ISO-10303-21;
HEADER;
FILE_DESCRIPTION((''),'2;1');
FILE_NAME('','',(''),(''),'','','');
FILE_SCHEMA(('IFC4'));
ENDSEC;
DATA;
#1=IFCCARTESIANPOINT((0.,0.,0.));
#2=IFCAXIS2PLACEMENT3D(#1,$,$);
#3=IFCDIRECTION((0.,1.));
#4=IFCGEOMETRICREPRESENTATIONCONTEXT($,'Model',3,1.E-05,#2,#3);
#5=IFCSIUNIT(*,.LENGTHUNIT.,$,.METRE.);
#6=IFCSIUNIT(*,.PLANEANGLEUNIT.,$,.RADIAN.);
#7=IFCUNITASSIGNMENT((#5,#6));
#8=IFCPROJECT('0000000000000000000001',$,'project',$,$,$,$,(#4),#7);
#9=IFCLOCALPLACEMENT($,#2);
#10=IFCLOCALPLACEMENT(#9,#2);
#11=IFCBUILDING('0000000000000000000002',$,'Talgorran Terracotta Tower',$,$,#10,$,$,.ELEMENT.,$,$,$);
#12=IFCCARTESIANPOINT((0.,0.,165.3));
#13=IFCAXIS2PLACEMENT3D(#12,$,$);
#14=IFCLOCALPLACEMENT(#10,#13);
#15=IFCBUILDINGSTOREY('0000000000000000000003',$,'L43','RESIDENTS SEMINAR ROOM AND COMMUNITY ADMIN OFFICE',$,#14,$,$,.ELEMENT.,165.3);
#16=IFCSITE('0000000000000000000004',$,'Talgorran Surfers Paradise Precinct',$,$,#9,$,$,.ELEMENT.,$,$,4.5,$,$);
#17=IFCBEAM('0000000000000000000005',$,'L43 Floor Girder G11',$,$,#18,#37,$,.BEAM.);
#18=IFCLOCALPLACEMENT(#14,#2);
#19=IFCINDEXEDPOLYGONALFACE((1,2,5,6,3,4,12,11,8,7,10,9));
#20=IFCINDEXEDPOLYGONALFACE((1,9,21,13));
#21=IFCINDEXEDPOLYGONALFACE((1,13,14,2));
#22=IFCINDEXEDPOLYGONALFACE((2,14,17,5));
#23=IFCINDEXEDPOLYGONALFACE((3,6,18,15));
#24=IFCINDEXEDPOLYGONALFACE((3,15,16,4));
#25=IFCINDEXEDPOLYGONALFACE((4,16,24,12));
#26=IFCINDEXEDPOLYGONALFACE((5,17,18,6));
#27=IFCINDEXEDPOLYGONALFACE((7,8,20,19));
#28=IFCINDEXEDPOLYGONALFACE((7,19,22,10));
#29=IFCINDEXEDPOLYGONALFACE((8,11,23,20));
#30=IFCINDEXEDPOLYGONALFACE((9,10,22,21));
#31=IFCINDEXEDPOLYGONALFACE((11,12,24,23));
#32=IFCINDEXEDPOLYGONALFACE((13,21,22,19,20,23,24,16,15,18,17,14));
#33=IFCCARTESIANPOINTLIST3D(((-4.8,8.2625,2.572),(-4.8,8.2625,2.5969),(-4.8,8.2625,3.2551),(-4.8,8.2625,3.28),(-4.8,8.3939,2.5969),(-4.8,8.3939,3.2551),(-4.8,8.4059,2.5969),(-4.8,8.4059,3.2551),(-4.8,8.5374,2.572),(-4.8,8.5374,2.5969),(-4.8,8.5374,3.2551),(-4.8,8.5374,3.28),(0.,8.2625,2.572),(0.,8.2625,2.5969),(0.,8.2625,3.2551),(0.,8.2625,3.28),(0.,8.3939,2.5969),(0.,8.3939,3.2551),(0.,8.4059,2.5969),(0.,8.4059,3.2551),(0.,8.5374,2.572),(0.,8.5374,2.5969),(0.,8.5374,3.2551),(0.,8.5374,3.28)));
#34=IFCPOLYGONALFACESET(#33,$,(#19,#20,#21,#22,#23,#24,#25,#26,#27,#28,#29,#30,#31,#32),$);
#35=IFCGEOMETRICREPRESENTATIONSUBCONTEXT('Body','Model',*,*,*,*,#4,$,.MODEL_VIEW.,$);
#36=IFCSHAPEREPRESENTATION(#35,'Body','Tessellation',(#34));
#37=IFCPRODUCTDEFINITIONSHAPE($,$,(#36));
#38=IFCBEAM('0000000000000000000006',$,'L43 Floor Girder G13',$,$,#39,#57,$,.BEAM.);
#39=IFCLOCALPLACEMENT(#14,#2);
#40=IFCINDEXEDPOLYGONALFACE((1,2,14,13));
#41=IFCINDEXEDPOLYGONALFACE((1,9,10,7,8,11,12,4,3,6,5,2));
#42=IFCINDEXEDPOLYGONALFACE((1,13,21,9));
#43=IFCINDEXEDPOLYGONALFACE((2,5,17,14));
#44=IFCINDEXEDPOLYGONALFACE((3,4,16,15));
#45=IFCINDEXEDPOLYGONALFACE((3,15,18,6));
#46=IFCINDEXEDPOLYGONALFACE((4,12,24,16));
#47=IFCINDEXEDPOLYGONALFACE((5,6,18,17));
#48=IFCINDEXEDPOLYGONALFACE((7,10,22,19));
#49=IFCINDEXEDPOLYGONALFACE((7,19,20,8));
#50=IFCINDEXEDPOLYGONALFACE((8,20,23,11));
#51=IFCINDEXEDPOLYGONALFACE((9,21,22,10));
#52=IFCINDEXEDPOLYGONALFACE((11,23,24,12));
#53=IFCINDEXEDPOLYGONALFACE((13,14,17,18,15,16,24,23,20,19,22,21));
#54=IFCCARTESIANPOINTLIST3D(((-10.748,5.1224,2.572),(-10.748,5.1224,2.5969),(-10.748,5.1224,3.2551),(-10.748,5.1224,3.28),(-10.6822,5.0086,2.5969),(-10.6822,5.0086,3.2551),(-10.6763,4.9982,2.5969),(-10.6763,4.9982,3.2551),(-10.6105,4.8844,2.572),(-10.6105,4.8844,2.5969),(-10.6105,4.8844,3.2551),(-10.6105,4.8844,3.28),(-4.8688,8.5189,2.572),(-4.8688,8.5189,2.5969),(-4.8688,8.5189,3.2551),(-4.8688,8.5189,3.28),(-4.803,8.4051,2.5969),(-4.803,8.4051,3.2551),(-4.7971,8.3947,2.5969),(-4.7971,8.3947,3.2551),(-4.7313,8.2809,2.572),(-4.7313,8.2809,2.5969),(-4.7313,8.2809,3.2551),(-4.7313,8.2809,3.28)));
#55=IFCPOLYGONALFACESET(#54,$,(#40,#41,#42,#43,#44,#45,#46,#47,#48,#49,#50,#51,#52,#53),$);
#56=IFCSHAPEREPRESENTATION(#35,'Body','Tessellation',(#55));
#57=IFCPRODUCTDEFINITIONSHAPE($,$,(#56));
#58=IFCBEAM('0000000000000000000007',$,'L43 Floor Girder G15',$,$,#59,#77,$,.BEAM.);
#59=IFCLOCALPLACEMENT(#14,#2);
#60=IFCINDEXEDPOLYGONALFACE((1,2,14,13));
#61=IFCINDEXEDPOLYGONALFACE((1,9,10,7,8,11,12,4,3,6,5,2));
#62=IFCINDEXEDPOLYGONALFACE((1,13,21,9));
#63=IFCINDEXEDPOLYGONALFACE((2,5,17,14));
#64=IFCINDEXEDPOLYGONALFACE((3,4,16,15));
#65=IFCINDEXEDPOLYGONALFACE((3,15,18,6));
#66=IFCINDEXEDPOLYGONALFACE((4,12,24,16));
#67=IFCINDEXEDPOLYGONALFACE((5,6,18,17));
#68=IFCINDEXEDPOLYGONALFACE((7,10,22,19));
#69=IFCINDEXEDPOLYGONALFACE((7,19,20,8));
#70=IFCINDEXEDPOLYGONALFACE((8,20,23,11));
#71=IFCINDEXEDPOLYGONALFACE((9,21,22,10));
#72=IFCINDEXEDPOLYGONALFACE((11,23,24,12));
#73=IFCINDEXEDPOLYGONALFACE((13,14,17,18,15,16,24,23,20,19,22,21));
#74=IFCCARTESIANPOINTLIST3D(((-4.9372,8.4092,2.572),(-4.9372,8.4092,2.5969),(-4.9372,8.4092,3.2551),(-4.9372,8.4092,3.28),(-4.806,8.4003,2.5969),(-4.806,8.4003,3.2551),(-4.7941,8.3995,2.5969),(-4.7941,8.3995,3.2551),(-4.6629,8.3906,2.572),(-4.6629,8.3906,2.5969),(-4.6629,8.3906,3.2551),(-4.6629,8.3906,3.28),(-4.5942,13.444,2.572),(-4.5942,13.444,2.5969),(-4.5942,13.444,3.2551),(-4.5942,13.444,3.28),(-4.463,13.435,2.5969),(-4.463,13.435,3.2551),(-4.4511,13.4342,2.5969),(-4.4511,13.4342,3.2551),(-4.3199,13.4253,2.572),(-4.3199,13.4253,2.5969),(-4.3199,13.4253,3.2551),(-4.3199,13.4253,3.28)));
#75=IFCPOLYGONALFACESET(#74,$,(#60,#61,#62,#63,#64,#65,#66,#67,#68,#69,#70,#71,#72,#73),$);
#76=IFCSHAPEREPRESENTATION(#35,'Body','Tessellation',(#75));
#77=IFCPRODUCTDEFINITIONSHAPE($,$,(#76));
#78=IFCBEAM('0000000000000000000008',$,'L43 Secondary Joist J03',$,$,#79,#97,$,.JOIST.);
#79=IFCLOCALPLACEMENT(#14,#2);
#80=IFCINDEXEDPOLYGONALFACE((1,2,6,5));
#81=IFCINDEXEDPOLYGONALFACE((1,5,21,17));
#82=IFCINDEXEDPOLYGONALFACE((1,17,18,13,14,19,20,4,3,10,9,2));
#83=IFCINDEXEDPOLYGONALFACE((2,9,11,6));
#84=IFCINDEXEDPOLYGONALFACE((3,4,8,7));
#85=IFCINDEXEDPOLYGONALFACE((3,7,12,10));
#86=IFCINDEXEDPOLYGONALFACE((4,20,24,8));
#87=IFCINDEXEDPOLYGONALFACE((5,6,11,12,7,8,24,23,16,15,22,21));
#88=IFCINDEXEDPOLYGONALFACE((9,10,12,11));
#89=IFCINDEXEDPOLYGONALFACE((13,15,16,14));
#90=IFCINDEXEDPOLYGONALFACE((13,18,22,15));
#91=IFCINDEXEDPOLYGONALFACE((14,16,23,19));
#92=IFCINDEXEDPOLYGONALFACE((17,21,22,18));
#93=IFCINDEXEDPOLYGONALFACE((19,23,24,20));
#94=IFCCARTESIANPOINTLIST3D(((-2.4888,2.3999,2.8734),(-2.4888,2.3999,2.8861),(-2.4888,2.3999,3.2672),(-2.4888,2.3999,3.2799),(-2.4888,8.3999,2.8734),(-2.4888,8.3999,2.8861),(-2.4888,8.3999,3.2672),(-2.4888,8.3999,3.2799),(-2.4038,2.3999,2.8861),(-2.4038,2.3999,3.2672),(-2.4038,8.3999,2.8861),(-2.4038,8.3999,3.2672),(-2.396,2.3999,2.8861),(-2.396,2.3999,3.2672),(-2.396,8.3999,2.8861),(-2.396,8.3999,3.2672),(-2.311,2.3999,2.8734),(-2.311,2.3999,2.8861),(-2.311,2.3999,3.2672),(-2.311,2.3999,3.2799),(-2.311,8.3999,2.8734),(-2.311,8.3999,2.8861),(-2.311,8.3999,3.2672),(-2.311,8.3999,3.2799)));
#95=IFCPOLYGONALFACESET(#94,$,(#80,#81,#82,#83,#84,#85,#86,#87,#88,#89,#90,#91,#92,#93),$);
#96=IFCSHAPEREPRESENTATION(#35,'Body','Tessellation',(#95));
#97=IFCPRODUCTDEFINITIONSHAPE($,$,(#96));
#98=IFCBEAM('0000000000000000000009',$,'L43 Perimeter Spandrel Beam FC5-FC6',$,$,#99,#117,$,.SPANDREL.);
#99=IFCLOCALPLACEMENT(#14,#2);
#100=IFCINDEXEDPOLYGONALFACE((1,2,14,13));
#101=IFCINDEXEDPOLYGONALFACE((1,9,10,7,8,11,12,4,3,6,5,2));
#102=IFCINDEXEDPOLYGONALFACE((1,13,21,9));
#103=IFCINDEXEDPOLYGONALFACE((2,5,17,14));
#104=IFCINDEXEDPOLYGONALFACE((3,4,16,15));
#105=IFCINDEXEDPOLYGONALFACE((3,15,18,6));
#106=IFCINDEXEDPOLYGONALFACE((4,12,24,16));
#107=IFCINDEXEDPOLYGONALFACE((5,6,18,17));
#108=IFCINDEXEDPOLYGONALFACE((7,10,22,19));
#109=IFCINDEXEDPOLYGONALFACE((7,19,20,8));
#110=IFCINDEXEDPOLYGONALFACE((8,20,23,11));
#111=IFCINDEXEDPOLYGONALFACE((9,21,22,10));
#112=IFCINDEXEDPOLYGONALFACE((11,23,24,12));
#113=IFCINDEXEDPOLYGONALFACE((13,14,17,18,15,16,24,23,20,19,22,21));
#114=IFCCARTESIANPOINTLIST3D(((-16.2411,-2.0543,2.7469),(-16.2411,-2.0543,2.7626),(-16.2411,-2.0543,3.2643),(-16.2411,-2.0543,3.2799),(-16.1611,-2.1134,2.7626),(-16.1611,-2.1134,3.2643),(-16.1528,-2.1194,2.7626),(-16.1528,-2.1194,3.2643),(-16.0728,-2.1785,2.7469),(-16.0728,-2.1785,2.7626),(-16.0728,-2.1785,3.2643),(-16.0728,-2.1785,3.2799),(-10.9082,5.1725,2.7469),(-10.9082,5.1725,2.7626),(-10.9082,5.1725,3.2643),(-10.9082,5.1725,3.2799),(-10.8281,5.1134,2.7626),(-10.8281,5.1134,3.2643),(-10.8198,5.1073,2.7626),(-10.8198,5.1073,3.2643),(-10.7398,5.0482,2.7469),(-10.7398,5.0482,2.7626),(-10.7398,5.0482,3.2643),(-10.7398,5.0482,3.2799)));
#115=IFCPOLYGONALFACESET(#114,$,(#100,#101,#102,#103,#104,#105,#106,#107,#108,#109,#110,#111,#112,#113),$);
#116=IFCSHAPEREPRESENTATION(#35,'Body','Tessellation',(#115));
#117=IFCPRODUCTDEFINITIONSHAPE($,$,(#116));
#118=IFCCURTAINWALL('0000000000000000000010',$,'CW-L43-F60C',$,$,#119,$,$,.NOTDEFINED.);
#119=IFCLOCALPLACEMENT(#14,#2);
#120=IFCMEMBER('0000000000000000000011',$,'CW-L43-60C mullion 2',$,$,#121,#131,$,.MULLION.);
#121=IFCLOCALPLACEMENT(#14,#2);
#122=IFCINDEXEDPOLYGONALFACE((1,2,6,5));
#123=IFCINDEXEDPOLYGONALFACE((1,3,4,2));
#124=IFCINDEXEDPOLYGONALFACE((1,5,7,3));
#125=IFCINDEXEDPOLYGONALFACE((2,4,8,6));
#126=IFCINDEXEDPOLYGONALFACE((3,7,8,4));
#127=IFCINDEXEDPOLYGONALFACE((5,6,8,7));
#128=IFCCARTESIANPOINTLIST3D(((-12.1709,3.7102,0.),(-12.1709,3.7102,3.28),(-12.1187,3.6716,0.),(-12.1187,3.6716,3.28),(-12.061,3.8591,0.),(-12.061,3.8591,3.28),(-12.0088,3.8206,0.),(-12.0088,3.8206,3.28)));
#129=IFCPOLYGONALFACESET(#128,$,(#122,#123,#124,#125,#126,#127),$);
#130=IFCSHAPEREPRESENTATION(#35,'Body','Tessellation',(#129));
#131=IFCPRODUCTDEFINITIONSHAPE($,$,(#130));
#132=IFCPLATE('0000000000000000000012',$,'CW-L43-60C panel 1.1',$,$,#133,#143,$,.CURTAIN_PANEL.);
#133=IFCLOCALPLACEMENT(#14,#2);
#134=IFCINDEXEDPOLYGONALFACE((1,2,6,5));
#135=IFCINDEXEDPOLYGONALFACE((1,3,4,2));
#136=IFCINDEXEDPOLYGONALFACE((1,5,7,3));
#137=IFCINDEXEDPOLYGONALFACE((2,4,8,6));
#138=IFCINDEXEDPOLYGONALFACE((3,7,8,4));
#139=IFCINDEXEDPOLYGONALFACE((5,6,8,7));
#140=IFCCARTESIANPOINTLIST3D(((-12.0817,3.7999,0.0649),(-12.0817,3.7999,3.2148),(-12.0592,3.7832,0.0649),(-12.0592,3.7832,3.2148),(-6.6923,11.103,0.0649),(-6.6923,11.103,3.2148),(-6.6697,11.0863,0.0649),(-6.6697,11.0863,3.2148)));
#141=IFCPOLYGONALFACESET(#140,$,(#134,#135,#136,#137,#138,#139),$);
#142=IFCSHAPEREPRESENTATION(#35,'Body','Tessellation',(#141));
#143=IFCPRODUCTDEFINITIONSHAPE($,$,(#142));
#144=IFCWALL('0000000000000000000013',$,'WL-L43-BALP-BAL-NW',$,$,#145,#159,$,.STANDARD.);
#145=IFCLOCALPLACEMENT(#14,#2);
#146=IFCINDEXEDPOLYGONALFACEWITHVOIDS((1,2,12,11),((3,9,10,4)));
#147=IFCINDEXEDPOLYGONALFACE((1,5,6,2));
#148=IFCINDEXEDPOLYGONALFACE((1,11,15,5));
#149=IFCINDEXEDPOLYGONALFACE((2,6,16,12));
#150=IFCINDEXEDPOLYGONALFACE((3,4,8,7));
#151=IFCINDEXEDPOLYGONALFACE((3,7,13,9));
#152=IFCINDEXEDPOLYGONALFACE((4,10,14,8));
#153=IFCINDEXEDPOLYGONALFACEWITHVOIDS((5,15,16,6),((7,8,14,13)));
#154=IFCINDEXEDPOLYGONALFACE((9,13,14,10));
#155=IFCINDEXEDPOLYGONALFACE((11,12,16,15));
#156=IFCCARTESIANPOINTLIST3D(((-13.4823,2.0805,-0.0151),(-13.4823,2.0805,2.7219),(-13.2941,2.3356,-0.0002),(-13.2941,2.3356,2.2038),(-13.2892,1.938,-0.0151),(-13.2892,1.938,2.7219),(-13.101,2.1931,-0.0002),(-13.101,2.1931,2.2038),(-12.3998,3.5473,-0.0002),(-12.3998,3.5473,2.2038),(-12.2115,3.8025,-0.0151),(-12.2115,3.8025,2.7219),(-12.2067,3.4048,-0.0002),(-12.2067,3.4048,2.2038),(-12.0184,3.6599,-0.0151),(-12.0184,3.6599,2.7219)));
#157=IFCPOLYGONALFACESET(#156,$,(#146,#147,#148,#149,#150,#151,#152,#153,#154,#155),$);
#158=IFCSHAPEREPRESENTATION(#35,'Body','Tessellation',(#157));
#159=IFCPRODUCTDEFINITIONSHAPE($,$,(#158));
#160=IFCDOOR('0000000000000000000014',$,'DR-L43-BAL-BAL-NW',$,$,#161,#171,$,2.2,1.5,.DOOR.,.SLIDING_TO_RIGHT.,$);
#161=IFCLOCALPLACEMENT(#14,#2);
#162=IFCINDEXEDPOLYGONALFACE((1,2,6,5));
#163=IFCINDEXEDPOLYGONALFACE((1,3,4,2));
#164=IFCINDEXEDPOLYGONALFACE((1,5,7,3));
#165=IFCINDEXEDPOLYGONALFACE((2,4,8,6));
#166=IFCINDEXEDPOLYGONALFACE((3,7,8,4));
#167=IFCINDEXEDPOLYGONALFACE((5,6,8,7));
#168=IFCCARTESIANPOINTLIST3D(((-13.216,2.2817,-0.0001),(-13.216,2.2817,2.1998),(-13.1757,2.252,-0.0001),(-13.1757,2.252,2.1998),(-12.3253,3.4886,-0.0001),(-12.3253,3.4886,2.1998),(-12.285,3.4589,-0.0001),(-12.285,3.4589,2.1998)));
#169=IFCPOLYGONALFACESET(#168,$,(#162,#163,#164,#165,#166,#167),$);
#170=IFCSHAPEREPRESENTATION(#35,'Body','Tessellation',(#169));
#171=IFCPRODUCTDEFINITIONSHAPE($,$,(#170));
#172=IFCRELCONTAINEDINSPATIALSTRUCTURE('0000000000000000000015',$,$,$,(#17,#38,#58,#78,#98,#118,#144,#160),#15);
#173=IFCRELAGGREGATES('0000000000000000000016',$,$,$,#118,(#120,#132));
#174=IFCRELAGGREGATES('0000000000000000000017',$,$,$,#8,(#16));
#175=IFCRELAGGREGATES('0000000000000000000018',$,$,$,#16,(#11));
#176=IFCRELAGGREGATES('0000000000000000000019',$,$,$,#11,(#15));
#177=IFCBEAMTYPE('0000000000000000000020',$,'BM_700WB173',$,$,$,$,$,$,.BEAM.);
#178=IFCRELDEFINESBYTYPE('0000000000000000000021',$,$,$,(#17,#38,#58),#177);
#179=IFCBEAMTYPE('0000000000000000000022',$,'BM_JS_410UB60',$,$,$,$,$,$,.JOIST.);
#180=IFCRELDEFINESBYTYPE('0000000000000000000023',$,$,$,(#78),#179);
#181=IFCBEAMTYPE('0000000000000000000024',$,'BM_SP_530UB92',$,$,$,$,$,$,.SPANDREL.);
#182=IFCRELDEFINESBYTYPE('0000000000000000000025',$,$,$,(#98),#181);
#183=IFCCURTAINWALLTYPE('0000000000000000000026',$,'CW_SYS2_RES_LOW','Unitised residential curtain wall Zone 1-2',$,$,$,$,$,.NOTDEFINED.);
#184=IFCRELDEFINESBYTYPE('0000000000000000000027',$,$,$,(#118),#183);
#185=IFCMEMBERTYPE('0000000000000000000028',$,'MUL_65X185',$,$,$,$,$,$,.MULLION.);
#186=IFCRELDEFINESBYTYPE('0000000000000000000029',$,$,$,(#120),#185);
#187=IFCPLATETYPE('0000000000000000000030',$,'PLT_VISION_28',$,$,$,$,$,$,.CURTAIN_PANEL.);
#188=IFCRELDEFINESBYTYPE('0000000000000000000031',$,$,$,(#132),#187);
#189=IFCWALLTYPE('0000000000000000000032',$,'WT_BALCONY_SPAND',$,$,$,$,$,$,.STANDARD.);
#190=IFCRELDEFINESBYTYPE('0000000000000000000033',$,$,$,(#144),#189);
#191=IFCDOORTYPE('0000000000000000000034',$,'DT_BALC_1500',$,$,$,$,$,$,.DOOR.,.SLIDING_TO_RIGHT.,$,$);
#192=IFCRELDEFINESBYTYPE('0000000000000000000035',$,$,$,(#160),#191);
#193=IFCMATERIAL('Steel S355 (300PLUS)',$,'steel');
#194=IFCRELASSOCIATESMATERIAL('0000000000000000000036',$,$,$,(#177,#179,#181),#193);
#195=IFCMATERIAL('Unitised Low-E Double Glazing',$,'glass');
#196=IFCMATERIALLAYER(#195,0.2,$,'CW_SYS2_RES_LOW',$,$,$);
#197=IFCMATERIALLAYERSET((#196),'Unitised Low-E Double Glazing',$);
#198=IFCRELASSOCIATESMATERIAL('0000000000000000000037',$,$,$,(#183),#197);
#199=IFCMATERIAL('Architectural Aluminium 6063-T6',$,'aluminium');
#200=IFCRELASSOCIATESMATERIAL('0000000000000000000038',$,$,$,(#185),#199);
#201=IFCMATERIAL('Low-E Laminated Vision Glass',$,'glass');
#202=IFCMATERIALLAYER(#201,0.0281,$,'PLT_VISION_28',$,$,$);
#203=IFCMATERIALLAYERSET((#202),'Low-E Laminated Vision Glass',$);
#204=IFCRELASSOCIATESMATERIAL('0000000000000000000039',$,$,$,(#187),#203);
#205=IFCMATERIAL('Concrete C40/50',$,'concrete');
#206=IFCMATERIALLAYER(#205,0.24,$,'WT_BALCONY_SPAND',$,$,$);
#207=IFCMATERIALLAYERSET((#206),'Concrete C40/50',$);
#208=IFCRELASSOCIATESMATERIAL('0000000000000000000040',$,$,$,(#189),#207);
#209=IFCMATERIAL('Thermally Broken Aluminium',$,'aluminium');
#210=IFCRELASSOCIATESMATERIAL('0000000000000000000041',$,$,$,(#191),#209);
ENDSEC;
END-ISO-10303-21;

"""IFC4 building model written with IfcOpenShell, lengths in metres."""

from ifc_helpers import new_model, si_unit, direction, frame, frame_2d, origin, origin_2d, place, context, subcontext, project, spatial, rectangle, i_section, extrude, source, transform, mapped, material, layer, layer_set, material_profile, profile_set, type_object, type_shapes, element, fill, aggregate, save


model = new_model("IFC4")

# Units and contexts
model_context = context("Model", 3, precision=1e-05, world=origin(), true_north=direction((0.0, 1.0)))
body_context = subcontext(model_context, "Body", "Model", "MODEL_VIEW")
ifc_project = project(units=[si_unit("LENGTHUNIT", "METRE"), si_unit("PLANEANGLEUNIT", "RADIAN")], contexts=[model_context])

# Site, building, storey
site_placement = place(None, origin())
site = spatial("IfcSite", under=ifc_project, at=site_placement, Name="Talgorran Surfers Paradise Precinct", CompositionType="ELEMENT", RefElevation=4.5)
building_placement = place(site_placement, origin())
building = spatial("IfcBuilding", under=site, at=building_placement, Name="Talgorran Terracotta Tower", CompositionType="ELEMENT")
storey_placement = place(building_placement, frame((0.0, 0.0, 165.3)))
storey = spatial("IfcBuildingStorey", under=building, at=storey_placement, Name="L43", Description="RESIDENTS SEMINAR ROOM AND COMMUNITY ADMIN OFFICE", CompositionType="ELEMENT", Elevation=165.3)

# Shared definitions
ifc_material_1 = material(Name="Steel S355 (300PLUS)", Category="steel")

# Beams
ifc_material_profile_1 = material_profile(ifc_material_1, i_section(OverallWidth=0.2749, OverallDepth=0.708, WebThickness=0.012, FlangeThickness=0.0249, at=origin_2d()), Name="700WB173")
ifc_profile_set_1 = profile_set([ifc_material_profile_1], Name="Steel S355 (300PLUS)")
beam_type_1 = type_object("IfcBeamType", Name="BM_700WB173", PredefinedType="BEAM", material=ifc_profile_set_1)
beam_1_placement = place(storey_placement, frame((-4.8, 8.3999, 2.926), z_axis=(1.0, 0.0, 0.0), x_axis=(0.0, 1.0, 0.0)))
element("IfcBeam", 1, at=beam_1_placement, inside=storey, type_object=beam_type_1, Name="L43 Floor Girder G11", PredefinedType="BEAM", context=body_context, shape_type="SweptSolid", body=[
    extrude(i_section(OverallWidth=0.2749, OverallDepth=0.708, WebThickness=0.012, FlangeThickness=0.0249, at=origin_2d()), origin(), (0.0, 0.0, 1.0), 4.8),
])
beam_2_placement = place(storey_placement, frame((-4.8, 8.3999, 2.926), z_axis=(-0.865888, -0.500238, 0.0), x_axis=(0.500238, -0.865888, 0.0)))
element("IfcBeam", 2, at=beam_2_placement, inside=storey, type_object=beam_type_1, Name="L43 Floor Girder G13", PredefinedType="BEAM", context=body_context, shape_type="SweptSolid", body=[
    extrude(i_section(OverallWidth=0.2749, OverallDepth=0.708, WebThickness=0.012, FlangeThickness=0.0249, at=origin_2d()), origin(), (0.0, 0.0, 1.0), 6.7898),
])
beam_3_placement = place(storey_placement, frame((-4.8, 8.3999, 2.926), z_axis=(0.067974, 0.997687, 0.0), x_axis=(-0.997687, 0.067974, 0.0)))
element("IfcBeam", 3, at=beam_3_placement, inside=storey, type_object=beam_type_1, Name="L43 Floor Girder G15", PredefinedType="BEAM", context=body_context, shape_type="SweptSolid", body=[
    extrude(i_section(OverallWidth=0.2749, OverallDepth=0.708, WebThickness=0.012, FlangeThickness=0.0249, at=origin_2d()), origin(), (0.0, 0.0, 1.0), 5.0464),
])
ifc_material_profile_2 = material_profile(ifc_material_1, i_section(OverallWidth=0.1777, OverallDepth=0.4065, WebThickness=0.0078, FlangeThickness=0.0127, at=origin_2d()), Name="410UB59.7")
ifc_profile_set_2 = profile_set([ifc_material_profile_2], Name="Steel S355 (300PLUS)")
beam_type_2 = type_object("IfcBeamType", Name="BM_JS_410UB60", PredefinedType="JOIST", material=ifc_profile_set_2)
beam_4_placement = place(storey_placement, frame((-2.3999, 2.3999, 3.0767), z_axis=(0.0, 1.0, 0.0), x_axis=(-1.0, 0.0, 0.0)))
element("IfcBeam", 4, at=beam_4_placement, inside=storey, type_object=beam_type_2, Name="L43 Secondary Joist J03", PredefinedType="JOIST", context=body_context, shape_type="SweptSolid", body=[
    extrude(i_section(OverallWidth=0.1777, OverallDepth=0.4065, WebThickness=0.0078, FlangeThickness=0.0127, at=origin_2d()), origin(), (0.0, 0.0, 1.0), 6.0),
])
ifc_material_profile_3 = material_profile(ifc_material_1, i_section(OverallWidth=0.2092, OverallDepth=0.533, WebThickness=0.0103, FlangeThickness=0.0156, at=origin_2d()), Name="530UB92.4")
ifc_profile_set_3 = profile_set([ifc_material_profile_3], Name="Steel S355 (300PLUS)")
beam_type_3 = type_object("IfcBeamType", Name="BM_SP_530UB92", PredefinedType="SPANDREL", material=ifc_profile_set_3)
beam_5_placement = place(storey_placement, frame((-10.824, 5.1104, 3.0134), z_axis=(-0.593776, -0.804631, 0.0), x_axis=(0.804631, -0.593776, 0.0)))
element("IfcBeam", 5, at=beam_5_placement, inside=storey, type_object=beam_type_3, Name="L43 Perimeter Spandrel Beam FC5-FC6", PredefinedType="SPANDREL", context=body_context, shape_type="SweptSolid", body=[
    extrude(i_section(OverallWidth=0.2092, OverallDepth=0.533, WebThickness=0.0103, FlangeThickness=0.0156, at=origin_2d()), origin(), (0.0, 0.0, 1.0), 8.9814),
])

# Curtain wall, member, plate
ifc_material_2 = material(Name="Unitised Low-E Double Glazing", Category="glass")
ifc_layer_1 = layer(ifc_material_2, 0.2, Name="CW_SYS2_RES_LOW")
ifc_layer_set_1 = layer_set([ifc_layer_1], Name="Unitised Low-E Double Glazing")
curtain_wall_type = type_object("IfcCurtainWallType", Name="CW_SYS2_RES_LOW", Description="Unitised residential curtain wall Zone 1-2", PredefinedType="NOTDEFINED", material=ifc_layer_set_1)
curtain_wall_placement = place(storey_placement, origin())
curtain_wall = element("IfcCurtainWall", 6, at=curtain_wall_placement, inside=storey, type_object=curtain_wall_type, Name="CW-L43-F60C", PredefinedType="NOTDEFINED")
ifc_material_3 = material(Name="Architectural Aluminium 6063-T6", Category="aluminium")
ifc_material_profile_4 = material_profile(ifc_material_3, rectangle(XDim=0.0649, YDim=0.1851, at=origin_2d()), Name="CWM65X185")
ifc_profile_set_4 = profile_set([ifc_material_profile_4], Name="Architectural Aluminium 6063-T6")
member_type = type_object("IfcMemberType", Name="MUL_65X185", PredefinedType="MULLION", material=ifc_profile_set_4)
member_placement = place(storey_placement, frame((-12.0898, 3.7654, 0.0), z_axis=(0.0, 0.0, 1.0), x_axis=(0.804624, -0.593785, 0.0)))
member = element("IfcMember", 7, at=member_placement, type_object=member_type, Name="CW-L43-60C mullion 2", PredefinedType="MULLION", context=body_context, shape_type="SweptSolid", body=[
    extrude(rectangle(XDim=0.0649, YDim=0.1851, at=origin_2d()), origin(), (0.0, 0.0, 1.0), 3.28),
])
ifc_material_4 = material(Name="Low-E Laminated Vision Glass", Category="glass")
ifc_layer_2 = layer(ifc_material_4, 0.0281, Name="PLT_VISION_28")
ifc_layer_set_2 = layer_set([ifc_layer_2], Name="Low-E Laminated Vision Glass")
plate_type = type_object("IfcPlateType", Name="PLT_VISION_28", PredefinedType="CURTAIN_PANEL", material=ifc_layer_set_2)
shared_shape = source(origin(), body_context, "Body", "SweptSolid", [
    extrude(rectangle(XDim=9.0764, YDim=0.0281, at=origin_2d()), origin(), (0.0, 0.0, 1.0), 3.1499),
])
type_shapes(plate_type, [shared_shape])
plate_placement = place(storey_placement, frame((-9.3757, 7.4431, 0.0649), z_axis=(0.0, 0.0, 1.0), x_axis=(-0.593785, -0.804624, 0.0)))
plate = element("IfcPlate", 8, at=plate_placement, type_object=plate_type, Name="CW-L43-60C panel 1.1", PredefinedType="CURTAIN_PANEL", context=body_context, shape_type="MappedRepresentation", body=[
    mapped(shared_shape, transform((0.0, 0.0, 0.0), scale=1.0)),
])
aggregate(curtain_wall, [member, plate])

# Wall, opening, door
ifc_material_5 = material(Name="Concrete C40/50", Category="concrete")
ifc_layer_3 = layer(ifc_material_5, 0.24, Name="WT_BALCONY_SPAND")
ifc_layer_set_3 = layer_set([ifc_layer_3], Name="Concrete C40/50")
wall_type_1 = type_object("IfcWallType", Name="WT_BALCONY_SPAND", PredefinedType="STANDARD", material=ifc_layer_set_3)
wall_1_placement = place(storey_placement, frame((-12.115, 3.7312, -0.0151), z_axis=(0.0, 0.0, 1.0), x_axis=(-0.593794, -0.804617, 0.0)))
wall_1 = element("IfcWall", 9, at=wall_1_placement, inside=storey, type_object=wall_type_1, Name="WL-L43-BALP-BAL-NW", PredefinedType="STANDARD", context=body_context, shape_type="SweptSolid", body=[
    extrude(rectangle(XDim=2.1401, YDim=0.24, at=frame_2d((1.0701, 0.0))), origin(), (0.0, 0.0, 1.0), 2.7371),
])
opening_1_placement = place(wall_1_placement, frame((0.3201, 0.0, 0.0149)))
opening_1 = element("IfcOpeningElement", 10, at=opening_1_placement, cuts=wall_1, PredefinedType="OPENING", context=body_context, shape_type="SweptSolid", body=[
    extrude(rectangle(XDim=1.506, YDim=2.204, at=frame_2d((0.75, 1.1021))), frame((0.0, 0.1299, 0.0), z_axis=(0.0, -1.0, 0.0), x_axis=(1.0, 0.0, 0.0)), (0.0, 0.0, 1.0), 0.26),
])
ifc_material_6 = material(Name="Thermally Broken Aluminium", Category="aluminium")
door_type_1 = type_object("IfcDoorType", Name="DT_BALC_1500", OperationType="SLIDING_TO_RIGHT", PredefinedType="DOOR", material=ifc_material_6)
door_1_placement = place(opening_1_placement, origin())
door_1 = element("IfcDoor", 11, at=door_1_placement, inside=storey, type_object=door_type_1, Name="DR-L43-BAL-BAL-NW", OperationType="SLIDING_TO_RIGHT", OverallHeight=2.2, OverallWidth=1.5, PredefinedType="DOOR", context=body_context, shape_type="SweptSolid", body=[
    extrude(rectangle(XDim=1.5, YDim=2.2, at=frame_2d((0.75, 1.1001))), frame((0.0, 0.0249, 0.0), z_axis=(0.0, -1.0, 0.0), x_axis=(1.0, 0.0, 0.0)), (0.0, 0.0, 1.0), 0.05),
])
fill(opening_1, door_1)

save(model, "model.ifc")
